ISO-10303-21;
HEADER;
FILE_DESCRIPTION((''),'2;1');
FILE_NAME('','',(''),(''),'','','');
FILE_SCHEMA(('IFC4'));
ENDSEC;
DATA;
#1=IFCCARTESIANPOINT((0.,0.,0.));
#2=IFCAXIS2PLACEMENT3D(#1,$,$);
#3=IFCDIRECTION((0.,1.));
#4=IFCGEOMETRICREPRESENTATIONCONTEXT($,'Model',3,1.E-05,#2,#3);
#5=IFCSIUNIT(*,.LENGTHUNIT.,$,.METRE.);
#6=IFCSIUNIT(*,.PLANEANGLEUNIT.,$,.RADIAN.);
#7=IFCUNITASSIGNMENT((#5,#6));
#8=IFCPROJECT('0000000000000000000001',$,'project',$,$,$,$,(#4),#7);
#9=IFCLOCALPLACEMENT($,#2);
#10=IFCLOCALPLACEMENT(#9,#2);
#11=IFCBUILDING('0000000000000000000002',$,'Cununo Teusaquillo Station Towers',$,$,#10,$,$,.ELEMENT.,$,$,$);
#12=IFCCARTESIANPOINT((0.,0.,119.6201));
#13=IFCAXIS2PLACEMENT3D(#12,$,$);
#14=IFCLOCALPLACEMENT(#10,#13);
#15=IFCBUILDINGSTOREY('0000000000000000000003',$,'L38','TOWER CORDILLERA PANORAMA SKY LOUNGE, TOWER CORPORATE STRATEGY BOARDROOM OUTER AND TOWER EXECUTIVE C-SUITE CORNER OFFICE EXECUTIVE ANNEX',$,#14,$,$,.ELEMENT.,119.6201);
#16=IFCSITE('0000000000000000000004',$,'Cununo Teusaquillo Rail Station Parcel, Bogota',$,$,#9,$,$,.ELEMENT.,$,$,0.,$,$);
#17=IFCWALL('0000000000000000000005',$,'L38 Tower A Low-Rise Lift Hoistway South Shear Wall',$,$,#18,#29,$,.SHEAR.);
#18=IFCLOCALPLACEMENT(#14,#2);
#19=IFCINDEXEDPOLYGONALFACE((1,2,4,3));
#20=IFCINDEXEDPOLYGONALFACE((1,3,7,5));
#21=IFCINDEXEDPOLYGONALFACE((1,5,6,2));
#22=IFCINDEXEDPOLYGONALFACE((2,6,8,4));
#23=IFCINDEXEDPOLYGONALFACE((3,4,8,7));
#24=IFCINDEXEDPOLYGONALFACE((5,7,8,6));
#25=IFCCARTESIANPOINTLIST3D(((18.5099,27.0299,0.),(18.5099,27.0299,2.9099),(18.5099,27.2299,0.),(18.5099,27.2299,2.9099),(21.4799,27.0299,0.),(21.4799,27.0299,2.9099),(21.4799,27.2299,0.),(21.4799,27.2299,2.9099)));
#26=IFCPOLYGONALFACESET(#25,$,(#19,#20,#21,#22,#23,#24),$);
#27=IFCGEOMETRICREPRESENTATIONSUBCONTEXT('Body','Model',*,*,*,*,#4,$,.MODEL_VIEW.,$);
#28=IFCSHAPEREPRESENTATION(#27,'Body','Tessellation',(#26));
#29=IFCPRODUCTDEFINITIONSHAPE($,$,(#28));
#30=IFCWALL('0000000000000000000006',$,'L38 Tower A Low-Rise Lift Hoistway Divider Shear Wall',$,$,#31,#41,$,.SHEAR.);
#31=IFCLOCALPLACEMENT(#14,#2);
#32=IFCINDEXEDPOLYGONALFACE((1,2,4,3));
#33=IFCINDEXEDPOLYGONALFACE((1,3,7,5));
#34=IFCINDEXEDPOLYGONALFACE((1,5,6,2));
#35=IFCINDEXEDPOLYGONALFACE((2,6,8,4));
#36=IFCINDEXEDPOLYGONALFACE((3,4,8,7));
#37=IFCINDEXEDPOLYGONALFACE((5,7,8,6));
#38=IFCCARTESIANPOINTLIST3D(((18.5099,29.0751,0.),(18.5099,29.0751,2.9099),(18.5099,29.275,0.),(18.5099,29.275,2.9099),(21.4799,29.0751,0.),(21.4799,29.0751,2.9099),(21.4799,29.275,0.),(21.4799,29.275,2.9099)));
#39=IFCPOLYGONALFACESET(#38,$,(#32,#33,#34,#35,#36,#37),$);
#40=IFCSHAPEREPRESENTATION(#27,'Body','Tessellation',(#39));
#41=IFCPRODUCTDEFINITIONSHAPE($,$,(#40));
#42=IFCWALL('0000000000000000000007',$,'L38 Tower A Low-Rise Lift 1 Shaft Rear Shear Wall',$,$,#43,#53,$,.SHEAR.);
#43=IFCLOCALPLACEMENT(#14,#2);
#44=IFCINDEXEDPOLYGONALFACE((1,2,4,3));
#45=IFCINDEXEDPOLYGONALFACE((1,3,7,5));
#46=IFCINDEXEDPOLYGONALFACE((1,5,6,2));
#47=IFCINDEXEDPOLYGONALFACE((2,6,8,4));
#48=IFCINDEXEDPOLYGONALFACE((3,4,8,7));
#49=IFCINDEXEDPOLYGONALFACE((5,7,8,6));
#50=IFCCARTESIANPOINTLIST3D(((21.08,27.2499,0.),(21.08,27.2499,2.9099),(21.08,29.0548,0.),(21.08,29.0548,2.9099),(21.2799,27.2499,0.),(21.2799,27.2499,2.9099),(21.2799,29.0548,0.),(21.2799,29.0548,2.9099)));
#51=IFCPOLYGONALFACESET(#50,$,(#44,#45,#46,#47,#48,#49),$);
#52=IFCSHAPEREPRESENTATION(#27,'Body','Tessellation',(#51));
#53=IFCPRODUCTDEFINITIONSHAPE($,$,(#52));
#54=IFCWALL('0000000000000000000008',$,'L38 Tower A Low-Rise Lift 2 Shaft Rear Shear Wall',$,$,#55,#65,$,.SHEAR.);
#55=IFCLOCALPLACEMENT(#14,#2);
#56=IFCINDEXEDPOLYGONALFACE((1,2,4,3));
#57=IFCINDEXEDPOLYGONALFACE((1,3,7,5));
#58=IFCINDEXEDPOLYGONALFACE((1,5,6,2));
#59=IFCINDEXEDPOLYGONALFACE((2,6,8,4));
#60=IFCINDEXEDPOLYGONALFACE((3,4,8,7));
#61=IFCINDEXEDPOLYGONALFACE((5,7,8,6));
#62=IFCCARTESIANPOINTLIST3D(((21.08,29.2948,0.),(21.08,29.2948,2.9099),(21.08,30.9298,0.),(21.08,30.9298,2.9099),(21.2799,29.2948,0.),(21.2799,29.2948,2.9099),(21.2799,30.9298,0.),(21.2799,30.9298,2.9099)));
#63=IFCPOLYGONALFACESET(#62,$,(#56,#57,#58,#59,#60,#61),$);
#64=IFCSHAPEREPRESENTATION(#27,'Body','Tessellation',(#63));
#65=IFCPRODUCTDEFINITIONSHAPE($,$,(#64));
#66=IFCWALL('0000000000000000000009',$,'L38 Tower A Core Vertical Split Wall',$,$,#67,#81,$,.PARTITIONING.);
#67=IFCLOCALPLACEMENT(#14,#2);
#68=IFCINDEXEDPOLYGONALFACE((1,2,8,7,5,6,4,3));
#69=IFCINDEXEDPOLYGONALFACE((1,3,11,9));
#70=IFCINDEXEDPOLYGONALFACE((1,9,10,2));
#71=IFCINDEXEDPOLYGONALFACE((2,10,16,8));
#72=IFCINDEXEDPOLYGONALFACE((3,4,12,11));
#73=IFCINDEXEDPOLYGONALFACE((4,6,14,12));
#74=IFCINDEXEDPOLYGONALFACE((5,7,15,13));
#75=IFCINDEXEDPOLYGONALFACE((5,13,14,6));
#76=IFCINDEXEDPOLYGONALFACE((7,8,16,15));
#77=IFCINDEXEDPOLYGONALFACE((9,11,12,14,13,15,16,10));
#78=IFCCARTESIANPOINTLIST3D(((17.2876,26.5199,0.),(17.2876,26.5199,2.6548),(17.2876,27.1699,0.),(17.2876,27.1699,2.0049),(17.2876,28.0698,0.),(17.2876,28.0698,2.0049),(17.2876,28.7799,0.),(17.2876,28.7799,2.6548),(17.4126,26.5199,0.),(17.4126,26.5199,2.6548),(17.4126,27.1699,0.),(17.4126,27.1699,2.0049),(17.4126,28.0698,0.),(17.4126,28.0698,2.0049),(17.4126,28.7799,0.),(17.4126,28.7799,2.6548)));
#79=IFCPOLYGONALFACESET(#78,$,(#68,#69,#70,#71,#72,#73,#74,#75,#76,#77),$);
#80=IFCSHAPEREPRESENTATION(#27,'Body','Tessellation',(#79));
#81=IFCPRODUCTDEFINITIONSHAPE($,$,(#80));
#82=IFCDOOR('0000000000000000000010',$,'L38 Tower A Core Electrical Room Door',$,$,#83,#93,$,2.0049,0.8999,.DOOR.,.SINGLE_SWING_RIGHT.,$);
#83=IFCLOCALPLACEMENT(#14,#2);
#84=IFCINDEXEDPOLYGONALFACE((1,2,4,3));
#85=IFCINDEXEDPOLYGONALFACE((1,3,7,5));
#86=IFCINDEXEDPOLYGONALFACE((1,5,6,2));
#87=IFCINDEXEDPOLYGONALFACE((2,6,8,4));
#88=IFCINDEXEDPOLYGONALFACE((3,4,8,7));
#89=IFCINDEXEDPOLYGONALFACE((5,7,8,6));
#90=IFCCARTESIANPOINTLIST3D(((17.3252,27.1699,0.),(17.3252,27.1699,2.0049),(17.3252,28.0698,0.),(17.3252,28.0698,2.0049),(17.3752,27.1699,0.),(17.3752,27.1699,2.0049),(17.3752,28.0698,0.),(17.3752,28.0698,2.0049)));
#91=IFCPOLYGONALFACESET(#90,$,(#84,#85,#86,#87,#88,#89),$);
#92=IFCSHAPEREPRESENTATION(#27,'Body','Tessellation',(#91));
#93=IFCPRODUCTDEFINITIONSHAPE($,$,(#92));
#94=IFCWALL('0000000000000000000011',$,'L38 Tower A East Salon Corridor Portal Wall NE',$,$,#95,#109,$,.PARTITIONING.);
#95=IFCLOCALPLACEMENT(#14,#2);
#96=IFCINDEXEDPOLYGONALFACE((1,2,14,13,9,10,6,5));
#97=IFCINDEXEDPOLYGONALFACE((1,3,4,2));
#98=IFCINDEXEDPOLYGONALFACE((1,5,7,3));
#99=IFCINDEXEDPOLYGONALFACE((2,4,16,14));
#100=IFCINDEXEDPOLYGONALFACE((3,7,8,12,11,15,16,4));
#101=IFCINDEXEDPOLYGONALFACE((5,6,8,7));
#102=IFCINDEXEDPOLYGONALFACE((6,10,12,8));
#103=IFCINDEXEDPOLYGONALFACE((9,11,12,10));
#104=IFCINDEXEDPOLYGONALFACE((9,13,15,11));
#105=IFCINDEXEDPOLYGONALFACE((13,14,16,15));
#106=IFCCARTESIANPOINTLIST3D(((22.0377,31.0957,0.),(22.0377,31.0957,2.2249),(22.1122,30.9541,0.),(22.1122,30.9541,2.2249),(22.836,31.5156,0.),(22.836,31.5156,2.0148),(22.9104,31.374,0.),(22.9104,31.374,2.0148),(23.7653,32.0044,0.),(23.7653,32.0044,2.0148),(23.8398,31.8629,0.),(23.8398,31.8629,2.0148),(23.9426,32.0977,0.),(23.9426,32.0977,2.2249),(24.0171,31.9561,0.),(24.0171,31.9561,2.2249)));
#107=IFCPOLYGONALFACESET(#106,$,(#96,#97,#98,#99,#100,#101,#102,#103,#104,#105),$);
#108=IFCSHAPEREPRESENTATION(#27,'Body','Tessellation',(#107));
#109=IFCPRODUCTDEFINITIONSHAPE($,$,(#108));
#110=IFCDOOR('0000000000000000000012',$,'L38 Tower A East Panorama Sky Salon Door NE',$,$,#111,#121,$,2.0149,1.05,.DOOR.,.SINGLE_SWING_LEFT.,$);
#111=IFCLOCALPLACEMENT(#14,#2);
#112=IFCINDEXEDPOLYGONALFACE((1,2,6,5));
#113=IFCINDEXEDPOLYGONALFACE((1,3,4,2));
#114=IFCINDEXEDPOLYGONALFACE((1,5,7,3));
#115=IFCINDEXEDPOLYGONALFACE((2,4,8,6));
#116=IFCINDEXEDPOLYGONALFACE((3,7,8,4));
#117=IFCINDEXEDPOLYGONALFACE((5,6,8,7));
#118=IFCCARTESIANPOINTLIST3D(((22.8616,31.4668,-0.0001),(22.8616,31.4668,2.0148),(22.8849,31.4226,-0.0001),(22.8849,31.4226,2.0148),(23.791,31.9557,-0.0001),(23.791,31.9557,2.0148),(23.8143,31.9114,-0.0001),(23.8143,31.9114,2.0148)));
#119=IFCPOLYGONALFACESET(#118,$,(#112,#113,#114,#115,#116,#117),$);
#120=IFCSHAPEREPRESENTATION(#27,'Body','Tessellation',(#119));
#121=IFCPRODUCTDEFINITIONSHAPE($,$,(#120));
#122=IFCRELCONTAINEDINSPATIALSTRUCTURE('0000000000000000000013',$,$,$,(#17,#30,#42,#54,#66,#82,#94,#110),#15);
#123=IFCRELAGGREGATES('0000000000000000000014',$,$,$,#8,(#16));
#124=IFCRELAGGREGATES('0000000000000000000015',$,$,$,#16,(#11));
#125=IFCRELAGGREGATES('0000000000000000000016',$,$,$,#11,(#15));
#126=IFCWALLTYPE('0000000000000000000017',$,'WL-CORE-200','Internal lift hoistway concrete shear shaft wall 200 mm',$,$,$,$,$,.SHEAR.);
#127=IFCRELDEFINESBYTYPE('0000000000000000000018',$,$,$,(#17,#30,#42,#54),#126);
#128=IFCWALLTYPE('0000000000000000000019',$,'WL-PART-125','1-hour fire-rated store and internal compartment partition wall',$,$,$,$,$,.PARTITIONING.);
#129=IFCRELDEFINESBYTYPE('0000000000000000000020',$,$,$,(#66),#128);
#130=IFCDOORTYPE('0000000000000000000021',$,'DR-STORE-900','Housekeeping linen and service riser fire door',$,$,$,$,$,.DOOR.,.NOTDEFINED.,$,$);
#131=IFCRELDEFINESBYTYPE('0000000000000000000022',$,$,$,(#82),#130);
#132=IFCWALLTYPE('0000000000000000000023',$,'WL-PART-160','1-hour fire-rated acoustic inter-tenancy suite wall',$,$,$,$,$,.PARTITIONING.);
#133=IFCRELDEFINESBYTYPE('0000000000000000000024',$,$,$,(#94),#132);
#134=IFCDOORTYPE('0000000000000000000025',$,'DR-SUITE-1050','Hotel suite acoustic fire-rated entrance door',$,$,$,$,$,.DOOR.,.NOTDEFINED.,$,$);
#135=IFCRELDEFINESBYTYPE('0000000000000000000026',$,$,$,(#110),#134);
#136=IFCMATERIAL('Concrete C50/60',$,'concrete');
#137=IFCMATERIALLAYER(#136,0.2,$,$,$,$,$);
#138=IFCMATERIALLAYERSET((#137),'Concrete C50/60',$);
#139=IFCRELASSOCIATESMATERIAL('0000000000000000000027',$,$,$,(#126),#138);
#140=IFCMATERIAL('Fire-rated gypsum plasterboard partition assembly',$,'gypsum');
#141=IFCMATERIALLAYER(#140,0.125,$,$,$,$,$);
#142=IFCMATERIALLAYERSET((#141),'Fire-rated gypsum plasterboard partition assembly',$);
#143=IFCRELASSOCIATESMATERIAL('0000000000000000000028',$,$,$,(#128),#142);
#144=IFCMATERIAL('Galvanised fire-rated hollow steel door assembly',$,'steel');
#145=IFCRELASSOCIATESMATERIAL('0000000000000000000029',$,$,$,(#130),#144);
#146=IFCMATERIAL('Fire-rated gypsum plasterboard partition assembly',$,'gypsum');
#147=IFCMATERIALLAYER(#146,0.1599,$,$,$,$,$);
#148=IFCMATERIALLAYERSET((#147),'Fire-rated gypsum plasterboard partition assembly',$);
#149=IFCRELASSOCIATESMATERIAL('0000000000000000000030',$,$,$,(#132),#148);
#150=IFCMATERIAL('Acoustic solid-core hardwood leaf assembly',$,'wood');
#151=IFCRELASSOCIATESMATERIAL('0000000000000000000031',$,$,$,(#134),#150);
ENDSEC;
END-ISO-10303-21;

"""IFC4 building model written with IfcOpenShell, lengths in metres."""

from ifc_helpers import new_model, si_unit, direction, frame, frame_2d, origin, place, context, subcontext, project, spatial, rectangle, extrude, source, transform, mapped, material, layer, layer_set, type_object, element, fill, save


model = new_model("IFC4")

# Units and contexts
model_context = context("Model", 3, precision=1e-05, world=origin(), true_north=direction((0.0, 1.0)))
body_context = subcontext(model_context, "Body", "Model", "MODEL_VIEW")
ifc_project = project(units=[si_unit("LENGTHUNIT", "METRE"), si_unit("PLANEANGLEUNIT", "RADIAN")], contexts=[model_context])

# Site, building, storey
site_placement = place(None, origin())
site = spatial("IfcSite", under=ifc_project, at=site_placement, Name="Cununo Teusaquillo Rail Station Parcel, Bogota", CompositionType="ELEMENT", RefElevation=0.0)
building_placement = place(site_placement, origin())
building = spatial("IfcBuilding", under=site, at=building_placement, Name="Cununo Teusaquillo Station Towers", CompositionType="ELEMENT")
storey_placement = place(building_placement, frame((0.0, 0.0, 119.6201)))
storey = spatial("IfcBuildingStorey", under=building, at=storey_placement, Name="L38", Description="TOWER CORDILLERA PANORAMA SKY LOUNGE, TOWER CORPORATE STRATEGY BOARDROOM OUTER AND TOWER EXECUTIVE C-SUITE CORNER OFFICE EXECUTIVE ANNEX", CompositionType="ELEMENT", Elevation=119.6201)

# Walls
ifc_material_1 = material(Name="Concrete C50/60", Category="concrete")
ifc_layer_1 = layer(ifc_material_1, 0.2)
ifc_layer_set_1 = layer_set([ifc_layer_1], Name="Concrete C50/60")
wall_type_1 = type_object("IfcWallType", Name="WL-CORE-200", Description="Internal lift hoistway concrete shear shaft wall 200 mm", PredefinedType="SHEAR", material=ifc_layer_set_1)
for number, where, z_axis, x_axis, name in (
    (1, (18.51, 27.1299, 0.0), (0.0, 0.0, 1.0), (1.0, 0.0, 0.0), "L38 Tower A Low-Rise Lift Hoistway South Shear Wall"),
    (2, (18.51, 29.175, 0.0), (0.0, 0.0, 1.0), (1.0, 0.0, 0.0), "L38 Tower A Low-Rise Lift Hoistway Divider Shear Wall"),
):
    element("IfcWall", number, at=place(storey_placement, frame(where, z_axis=z_axis, x_axis=x_axis)), inside=storey, type_object=wall_type_1, Name=name, PredefinedType="SHEAR", context=body_context, shape_type="SweptSolid", body=[
        extrude(rectangle(XDim=2.97, YDim=0.2, at=frame_2d((1.4849, 0.0))), origin(), (0.0, 0.0, 1.0), 2.9099),
    ])
wall_1_placement = place(storey_placement, frame((21.1799, 27.25, 0.0), z_axis=(0.0, 0.0, 1.0), x_axis=(0.0, 1.0, 0.0)))
element("IfcWall", 3, at=wall_1_placement, inside=storey, type_object=wall_type_1, Name="L38 Tower A Low-Rise Lift 1 Shaft Rear Shear Wall", PredefinedType="SHEAR", context=body_context, shape_type="SweptSolid", body=[
    extrude(rectangle(XDim=1.8049, YDim=0.2, at=frame_2d((0.9023, 0.0))), origin(), (0.0, 0.0, 1.0), 2.9099),
])
wall_2_placement = place(storey_placement, frame((21.1799, 29.2949, 0.0), z_axis=(0.0, 0.0, 1.0), x_axis=(0.0, 1.0, 0.0)))
element("IfcWall", 4, at=wall_2_placement, inside=storey, type_object=wall_type_1, Name="L38 Tower A Low-Rise Lift 2 Shaft Rear Shear Wall", PredefinedType="SHEAR", context=body_context, shape_type="SweptSolid", body=[
    extrude(rectangle(XDim=1.635, YDim=0.2, at=frame_2d((0.8174, 0.0))), origin(), (0.0, 0.0, 1.0), 2.9099),
])

# Walls, openings, doors
ifc_material_2 = material(Name="Fire-rated gypsum plasterboard partition assembly", Category="gypsum")
ifc_layer_2 = layer(ifc_material_2, 0.125)
ifc_layer_set_2 = layer_set([ifc_layer_2], Name="Fire-rated gypsum plasterboard partition assembly")
wall_type_2 = type_object("IfcWallType", Name="WL-PART-125", Description="1-hour fire-rated store and internal compartment partition wall", PredefinedType="PARTITIONING", material=ifc_layer_set_2)
wall_3_placement = place(storey_placement, frame((17.3501, 26.52, 0.0), z_axis=(0.0, 0.0, 1.0), x_axis=(0.0, 1.0, 0.0)))
wall_3 = element("IfcWall", 5, at=wall_3_placement, inside=storey, type_object=wall_type_2, Name="L38 Tower A Core Vertical Split Wall", PredefinedType="PARTITIONING", context=body_context, shape_type="SweptSolid", body=[
    extrude(rectangle(XDim=2.26, YDim=0.125, at=frame_2d((1.1299, 0.0))), origin(), (0.0, 0.0, 1.0), 2.6548),
])
shared_shape_1 = source(origin(), body_context, "Body", "SweptSolid", [
    extrude(rectangle(XDim=0.8999, YDim=2.0049, at=frame_2d((0.45, 1.0024))), frame((0.0, 0.0725, 0.0), z_axis=(0.0, -1.0, 0.0), x_axis=(1.0, 0.0, 0.0)), (0.0, 0.0, 1.0), 0.145),
])
opening_1_placement = place(wall_3_placement, frame((0.6499, 0.0, 0.0)))
opening_1 = element("IfcOpeningElement", 6, at=opening_1_placement, cuts=wall_3, PredefinedType="OPENING", context=body_context, shape_type="MappedRepresentation", body=[
    mapped(shared_shape_1, transform((0.0, 0.0, 0.0), x_axis=(1.0, 0.0, 0.0), y_axis=(0.0, 1.0, 0.0), z_axis=(0.0, 0.0, 1.0), scale=1.0)),
])
ifc_material_3 = material(Name="Galvanised fire-rated hollow steel door assembly", Category="steel")
door_type_1 = type_object("IfcDoorType", Name="DR-STORE-900", Description="Housekeeping linen and service riser fire door", OperationType="NOTDEFINED", PredefinedType="DOOR", material=ifc_material_3)
shared_shape_2 = source(origin(), body_context, "Body", "SweptSolid", [
    extrude(rectangle(XDim=0.8999, YDim=2.0049, at=frame_2d((0.45, 1.0024))), frame((0.0, 0.0249, 0.0), z_axis=(0.0, -1.0, 0.0), x_axis=(1.0, 0.0, 0.0)), (0.0, 0.0, 1.0), 0.05),
])
door_1_placement = place(opening_1_placement, origin())
door_1 = element("IfcDoor", 7, at=door_1_placement, inside=storey, type_object=door_type_1, Name="L38 Tower A Core Electrical Room Door", OperationType="SINGLE_SWING_RIGHT", OverallHeight=2.0049, OverallWidth=0.8999, PredefinedType="DOOR", context=body_context, shape_type="MappedRepresentation", body=[
    mapped(shared_shape_2, transform((0.0, 0.0, 0.0), x_axis=(1.0, 0.0, 0.0), y_axis=(0.0, 1.0, 0.0), z_axis=(0.0, 0.0, 1.0), scale=1.0)),
])
fill(opening_1, door_1)
ifc_material_4 = material(Name="Fire-rated gypsum plasterboard partition assembly", Category="gypsum")
ifc_layer_3 = layer(ifc_material_4, 0.1599)
ifc_layer_set_3 = layer_set([ifc_layer_3], Name="Fire-rated gypsum plasterboard partition assembly")
wall_type_3 = type_object("IfcWallType", Name="WL-PART-160", Description="1-hour fire-rated acoustic inter-tenancy suite wall", PredefinedType="PARTITIONING", material=ifc_layer_set_3)
wall_4_placement = place(storey_placement, frame((22.075, 31.0249, 0.0), z_axis=(0.0, 0.0, 1.0), x_axis=(0.885026, 0.465541, 0.0)))
wall_4 = element("IfcWall", 8, at=wall_4_placement, inside=storey, type_object=wall_type_3, Name="L38 Tower A East Salon Corridor Portal Wall NE", PredefinedType="PARTITIONING", context=body_context, shape_type="SweptSolid", body=[
    extrude(rectangle(XDim=2.1523, YDim=0.1599, at=frame_2d((1.0762, 0.0))), origin(), (0.0, 0.0, 1.0), 2.2249),
])
shared_shape_3 = source(origin(), body_context, "Body", "SweptSolid", [
    extrude(rectangle(XDim=1.05, YDim=2.0149, at=frame_2d((0.5249, 1.0073))), frame((0.0, 0.0898, 0.0), z_axis=(0.0, -1.0, 0.0), x_axis=(1.0, 0.0, 0.0)), (0.0, 0.0, 1.0), 0.1799),
])
opening_2_placement = place(wall_4_placement, frame((0.9021, 0.0, 0.0)))
opening_2 = element("IfcOpeningElement", 9, at=opening_2_placement, cuts=wall_4, PredefinedType="OPENING", context=body_context, shape_type="MappedRepresentation", body=[
    mapped(shared_shape_3, transform((0.0, 0.0, 0.0), x_axis=(1.0, 0.0, 0.0), y_axis=(0.0, 1.0, 0.0), z_axis=(0.0, 0.0, 1.0), scale=1.0)),
])
ifc_material_5 = material(Name="Acoustic solid-core hardwood leaf assembly", Category="wood")
door_type_2 = type_object("IfcDoorType", Name="DR-SUITE-1050", Description="Hotel suite acoustic fire-rated entrance door", OperationType="NOTDEFINED", PredefinedType="DOOR", material=ifc_material_5)
shared_shape_4 = source(origin(), body_context, "Body", "SweptSolid", [
    extrude(rectangle(XDim=1.05, YDim=2.0149, at=frame_2d((0.5249, 1.0073))), frame((0.0, 0.0249, 0.0), z_axis=(0.0, -1.0, 0.0), x_axis=(1.0, 0.0, 0.0)), (0.0, 0.0, 1.0), 0.05),
])
door_2_placement = place(opening_2_placement, origin())
door_2 = element("IfcDoor", 10, at=door_2_placement, inside=storey, type_object=door_type_2, Name="L38 Tower A East Panorama Sky Salon Door NE", OperationType="SINGLE_SWING_LEFT", OverallHeight=2.0149, OverallWidth=1.05, PredefinedType="DOOR", context=body_context, shape_type="MappedRepresentation", body=[
    mapped(shared_shape_4, transform((0.0, 0.0, 0.0), x_axis=(1.0, 0.0, 0.0), y_axis=(0.0, 1.0, 0.0), z_axis=(0.0, 0.0, 1.0), scale=1.0)),
])
fill(opening_2, door_2)

save(model, "model.ifc")
